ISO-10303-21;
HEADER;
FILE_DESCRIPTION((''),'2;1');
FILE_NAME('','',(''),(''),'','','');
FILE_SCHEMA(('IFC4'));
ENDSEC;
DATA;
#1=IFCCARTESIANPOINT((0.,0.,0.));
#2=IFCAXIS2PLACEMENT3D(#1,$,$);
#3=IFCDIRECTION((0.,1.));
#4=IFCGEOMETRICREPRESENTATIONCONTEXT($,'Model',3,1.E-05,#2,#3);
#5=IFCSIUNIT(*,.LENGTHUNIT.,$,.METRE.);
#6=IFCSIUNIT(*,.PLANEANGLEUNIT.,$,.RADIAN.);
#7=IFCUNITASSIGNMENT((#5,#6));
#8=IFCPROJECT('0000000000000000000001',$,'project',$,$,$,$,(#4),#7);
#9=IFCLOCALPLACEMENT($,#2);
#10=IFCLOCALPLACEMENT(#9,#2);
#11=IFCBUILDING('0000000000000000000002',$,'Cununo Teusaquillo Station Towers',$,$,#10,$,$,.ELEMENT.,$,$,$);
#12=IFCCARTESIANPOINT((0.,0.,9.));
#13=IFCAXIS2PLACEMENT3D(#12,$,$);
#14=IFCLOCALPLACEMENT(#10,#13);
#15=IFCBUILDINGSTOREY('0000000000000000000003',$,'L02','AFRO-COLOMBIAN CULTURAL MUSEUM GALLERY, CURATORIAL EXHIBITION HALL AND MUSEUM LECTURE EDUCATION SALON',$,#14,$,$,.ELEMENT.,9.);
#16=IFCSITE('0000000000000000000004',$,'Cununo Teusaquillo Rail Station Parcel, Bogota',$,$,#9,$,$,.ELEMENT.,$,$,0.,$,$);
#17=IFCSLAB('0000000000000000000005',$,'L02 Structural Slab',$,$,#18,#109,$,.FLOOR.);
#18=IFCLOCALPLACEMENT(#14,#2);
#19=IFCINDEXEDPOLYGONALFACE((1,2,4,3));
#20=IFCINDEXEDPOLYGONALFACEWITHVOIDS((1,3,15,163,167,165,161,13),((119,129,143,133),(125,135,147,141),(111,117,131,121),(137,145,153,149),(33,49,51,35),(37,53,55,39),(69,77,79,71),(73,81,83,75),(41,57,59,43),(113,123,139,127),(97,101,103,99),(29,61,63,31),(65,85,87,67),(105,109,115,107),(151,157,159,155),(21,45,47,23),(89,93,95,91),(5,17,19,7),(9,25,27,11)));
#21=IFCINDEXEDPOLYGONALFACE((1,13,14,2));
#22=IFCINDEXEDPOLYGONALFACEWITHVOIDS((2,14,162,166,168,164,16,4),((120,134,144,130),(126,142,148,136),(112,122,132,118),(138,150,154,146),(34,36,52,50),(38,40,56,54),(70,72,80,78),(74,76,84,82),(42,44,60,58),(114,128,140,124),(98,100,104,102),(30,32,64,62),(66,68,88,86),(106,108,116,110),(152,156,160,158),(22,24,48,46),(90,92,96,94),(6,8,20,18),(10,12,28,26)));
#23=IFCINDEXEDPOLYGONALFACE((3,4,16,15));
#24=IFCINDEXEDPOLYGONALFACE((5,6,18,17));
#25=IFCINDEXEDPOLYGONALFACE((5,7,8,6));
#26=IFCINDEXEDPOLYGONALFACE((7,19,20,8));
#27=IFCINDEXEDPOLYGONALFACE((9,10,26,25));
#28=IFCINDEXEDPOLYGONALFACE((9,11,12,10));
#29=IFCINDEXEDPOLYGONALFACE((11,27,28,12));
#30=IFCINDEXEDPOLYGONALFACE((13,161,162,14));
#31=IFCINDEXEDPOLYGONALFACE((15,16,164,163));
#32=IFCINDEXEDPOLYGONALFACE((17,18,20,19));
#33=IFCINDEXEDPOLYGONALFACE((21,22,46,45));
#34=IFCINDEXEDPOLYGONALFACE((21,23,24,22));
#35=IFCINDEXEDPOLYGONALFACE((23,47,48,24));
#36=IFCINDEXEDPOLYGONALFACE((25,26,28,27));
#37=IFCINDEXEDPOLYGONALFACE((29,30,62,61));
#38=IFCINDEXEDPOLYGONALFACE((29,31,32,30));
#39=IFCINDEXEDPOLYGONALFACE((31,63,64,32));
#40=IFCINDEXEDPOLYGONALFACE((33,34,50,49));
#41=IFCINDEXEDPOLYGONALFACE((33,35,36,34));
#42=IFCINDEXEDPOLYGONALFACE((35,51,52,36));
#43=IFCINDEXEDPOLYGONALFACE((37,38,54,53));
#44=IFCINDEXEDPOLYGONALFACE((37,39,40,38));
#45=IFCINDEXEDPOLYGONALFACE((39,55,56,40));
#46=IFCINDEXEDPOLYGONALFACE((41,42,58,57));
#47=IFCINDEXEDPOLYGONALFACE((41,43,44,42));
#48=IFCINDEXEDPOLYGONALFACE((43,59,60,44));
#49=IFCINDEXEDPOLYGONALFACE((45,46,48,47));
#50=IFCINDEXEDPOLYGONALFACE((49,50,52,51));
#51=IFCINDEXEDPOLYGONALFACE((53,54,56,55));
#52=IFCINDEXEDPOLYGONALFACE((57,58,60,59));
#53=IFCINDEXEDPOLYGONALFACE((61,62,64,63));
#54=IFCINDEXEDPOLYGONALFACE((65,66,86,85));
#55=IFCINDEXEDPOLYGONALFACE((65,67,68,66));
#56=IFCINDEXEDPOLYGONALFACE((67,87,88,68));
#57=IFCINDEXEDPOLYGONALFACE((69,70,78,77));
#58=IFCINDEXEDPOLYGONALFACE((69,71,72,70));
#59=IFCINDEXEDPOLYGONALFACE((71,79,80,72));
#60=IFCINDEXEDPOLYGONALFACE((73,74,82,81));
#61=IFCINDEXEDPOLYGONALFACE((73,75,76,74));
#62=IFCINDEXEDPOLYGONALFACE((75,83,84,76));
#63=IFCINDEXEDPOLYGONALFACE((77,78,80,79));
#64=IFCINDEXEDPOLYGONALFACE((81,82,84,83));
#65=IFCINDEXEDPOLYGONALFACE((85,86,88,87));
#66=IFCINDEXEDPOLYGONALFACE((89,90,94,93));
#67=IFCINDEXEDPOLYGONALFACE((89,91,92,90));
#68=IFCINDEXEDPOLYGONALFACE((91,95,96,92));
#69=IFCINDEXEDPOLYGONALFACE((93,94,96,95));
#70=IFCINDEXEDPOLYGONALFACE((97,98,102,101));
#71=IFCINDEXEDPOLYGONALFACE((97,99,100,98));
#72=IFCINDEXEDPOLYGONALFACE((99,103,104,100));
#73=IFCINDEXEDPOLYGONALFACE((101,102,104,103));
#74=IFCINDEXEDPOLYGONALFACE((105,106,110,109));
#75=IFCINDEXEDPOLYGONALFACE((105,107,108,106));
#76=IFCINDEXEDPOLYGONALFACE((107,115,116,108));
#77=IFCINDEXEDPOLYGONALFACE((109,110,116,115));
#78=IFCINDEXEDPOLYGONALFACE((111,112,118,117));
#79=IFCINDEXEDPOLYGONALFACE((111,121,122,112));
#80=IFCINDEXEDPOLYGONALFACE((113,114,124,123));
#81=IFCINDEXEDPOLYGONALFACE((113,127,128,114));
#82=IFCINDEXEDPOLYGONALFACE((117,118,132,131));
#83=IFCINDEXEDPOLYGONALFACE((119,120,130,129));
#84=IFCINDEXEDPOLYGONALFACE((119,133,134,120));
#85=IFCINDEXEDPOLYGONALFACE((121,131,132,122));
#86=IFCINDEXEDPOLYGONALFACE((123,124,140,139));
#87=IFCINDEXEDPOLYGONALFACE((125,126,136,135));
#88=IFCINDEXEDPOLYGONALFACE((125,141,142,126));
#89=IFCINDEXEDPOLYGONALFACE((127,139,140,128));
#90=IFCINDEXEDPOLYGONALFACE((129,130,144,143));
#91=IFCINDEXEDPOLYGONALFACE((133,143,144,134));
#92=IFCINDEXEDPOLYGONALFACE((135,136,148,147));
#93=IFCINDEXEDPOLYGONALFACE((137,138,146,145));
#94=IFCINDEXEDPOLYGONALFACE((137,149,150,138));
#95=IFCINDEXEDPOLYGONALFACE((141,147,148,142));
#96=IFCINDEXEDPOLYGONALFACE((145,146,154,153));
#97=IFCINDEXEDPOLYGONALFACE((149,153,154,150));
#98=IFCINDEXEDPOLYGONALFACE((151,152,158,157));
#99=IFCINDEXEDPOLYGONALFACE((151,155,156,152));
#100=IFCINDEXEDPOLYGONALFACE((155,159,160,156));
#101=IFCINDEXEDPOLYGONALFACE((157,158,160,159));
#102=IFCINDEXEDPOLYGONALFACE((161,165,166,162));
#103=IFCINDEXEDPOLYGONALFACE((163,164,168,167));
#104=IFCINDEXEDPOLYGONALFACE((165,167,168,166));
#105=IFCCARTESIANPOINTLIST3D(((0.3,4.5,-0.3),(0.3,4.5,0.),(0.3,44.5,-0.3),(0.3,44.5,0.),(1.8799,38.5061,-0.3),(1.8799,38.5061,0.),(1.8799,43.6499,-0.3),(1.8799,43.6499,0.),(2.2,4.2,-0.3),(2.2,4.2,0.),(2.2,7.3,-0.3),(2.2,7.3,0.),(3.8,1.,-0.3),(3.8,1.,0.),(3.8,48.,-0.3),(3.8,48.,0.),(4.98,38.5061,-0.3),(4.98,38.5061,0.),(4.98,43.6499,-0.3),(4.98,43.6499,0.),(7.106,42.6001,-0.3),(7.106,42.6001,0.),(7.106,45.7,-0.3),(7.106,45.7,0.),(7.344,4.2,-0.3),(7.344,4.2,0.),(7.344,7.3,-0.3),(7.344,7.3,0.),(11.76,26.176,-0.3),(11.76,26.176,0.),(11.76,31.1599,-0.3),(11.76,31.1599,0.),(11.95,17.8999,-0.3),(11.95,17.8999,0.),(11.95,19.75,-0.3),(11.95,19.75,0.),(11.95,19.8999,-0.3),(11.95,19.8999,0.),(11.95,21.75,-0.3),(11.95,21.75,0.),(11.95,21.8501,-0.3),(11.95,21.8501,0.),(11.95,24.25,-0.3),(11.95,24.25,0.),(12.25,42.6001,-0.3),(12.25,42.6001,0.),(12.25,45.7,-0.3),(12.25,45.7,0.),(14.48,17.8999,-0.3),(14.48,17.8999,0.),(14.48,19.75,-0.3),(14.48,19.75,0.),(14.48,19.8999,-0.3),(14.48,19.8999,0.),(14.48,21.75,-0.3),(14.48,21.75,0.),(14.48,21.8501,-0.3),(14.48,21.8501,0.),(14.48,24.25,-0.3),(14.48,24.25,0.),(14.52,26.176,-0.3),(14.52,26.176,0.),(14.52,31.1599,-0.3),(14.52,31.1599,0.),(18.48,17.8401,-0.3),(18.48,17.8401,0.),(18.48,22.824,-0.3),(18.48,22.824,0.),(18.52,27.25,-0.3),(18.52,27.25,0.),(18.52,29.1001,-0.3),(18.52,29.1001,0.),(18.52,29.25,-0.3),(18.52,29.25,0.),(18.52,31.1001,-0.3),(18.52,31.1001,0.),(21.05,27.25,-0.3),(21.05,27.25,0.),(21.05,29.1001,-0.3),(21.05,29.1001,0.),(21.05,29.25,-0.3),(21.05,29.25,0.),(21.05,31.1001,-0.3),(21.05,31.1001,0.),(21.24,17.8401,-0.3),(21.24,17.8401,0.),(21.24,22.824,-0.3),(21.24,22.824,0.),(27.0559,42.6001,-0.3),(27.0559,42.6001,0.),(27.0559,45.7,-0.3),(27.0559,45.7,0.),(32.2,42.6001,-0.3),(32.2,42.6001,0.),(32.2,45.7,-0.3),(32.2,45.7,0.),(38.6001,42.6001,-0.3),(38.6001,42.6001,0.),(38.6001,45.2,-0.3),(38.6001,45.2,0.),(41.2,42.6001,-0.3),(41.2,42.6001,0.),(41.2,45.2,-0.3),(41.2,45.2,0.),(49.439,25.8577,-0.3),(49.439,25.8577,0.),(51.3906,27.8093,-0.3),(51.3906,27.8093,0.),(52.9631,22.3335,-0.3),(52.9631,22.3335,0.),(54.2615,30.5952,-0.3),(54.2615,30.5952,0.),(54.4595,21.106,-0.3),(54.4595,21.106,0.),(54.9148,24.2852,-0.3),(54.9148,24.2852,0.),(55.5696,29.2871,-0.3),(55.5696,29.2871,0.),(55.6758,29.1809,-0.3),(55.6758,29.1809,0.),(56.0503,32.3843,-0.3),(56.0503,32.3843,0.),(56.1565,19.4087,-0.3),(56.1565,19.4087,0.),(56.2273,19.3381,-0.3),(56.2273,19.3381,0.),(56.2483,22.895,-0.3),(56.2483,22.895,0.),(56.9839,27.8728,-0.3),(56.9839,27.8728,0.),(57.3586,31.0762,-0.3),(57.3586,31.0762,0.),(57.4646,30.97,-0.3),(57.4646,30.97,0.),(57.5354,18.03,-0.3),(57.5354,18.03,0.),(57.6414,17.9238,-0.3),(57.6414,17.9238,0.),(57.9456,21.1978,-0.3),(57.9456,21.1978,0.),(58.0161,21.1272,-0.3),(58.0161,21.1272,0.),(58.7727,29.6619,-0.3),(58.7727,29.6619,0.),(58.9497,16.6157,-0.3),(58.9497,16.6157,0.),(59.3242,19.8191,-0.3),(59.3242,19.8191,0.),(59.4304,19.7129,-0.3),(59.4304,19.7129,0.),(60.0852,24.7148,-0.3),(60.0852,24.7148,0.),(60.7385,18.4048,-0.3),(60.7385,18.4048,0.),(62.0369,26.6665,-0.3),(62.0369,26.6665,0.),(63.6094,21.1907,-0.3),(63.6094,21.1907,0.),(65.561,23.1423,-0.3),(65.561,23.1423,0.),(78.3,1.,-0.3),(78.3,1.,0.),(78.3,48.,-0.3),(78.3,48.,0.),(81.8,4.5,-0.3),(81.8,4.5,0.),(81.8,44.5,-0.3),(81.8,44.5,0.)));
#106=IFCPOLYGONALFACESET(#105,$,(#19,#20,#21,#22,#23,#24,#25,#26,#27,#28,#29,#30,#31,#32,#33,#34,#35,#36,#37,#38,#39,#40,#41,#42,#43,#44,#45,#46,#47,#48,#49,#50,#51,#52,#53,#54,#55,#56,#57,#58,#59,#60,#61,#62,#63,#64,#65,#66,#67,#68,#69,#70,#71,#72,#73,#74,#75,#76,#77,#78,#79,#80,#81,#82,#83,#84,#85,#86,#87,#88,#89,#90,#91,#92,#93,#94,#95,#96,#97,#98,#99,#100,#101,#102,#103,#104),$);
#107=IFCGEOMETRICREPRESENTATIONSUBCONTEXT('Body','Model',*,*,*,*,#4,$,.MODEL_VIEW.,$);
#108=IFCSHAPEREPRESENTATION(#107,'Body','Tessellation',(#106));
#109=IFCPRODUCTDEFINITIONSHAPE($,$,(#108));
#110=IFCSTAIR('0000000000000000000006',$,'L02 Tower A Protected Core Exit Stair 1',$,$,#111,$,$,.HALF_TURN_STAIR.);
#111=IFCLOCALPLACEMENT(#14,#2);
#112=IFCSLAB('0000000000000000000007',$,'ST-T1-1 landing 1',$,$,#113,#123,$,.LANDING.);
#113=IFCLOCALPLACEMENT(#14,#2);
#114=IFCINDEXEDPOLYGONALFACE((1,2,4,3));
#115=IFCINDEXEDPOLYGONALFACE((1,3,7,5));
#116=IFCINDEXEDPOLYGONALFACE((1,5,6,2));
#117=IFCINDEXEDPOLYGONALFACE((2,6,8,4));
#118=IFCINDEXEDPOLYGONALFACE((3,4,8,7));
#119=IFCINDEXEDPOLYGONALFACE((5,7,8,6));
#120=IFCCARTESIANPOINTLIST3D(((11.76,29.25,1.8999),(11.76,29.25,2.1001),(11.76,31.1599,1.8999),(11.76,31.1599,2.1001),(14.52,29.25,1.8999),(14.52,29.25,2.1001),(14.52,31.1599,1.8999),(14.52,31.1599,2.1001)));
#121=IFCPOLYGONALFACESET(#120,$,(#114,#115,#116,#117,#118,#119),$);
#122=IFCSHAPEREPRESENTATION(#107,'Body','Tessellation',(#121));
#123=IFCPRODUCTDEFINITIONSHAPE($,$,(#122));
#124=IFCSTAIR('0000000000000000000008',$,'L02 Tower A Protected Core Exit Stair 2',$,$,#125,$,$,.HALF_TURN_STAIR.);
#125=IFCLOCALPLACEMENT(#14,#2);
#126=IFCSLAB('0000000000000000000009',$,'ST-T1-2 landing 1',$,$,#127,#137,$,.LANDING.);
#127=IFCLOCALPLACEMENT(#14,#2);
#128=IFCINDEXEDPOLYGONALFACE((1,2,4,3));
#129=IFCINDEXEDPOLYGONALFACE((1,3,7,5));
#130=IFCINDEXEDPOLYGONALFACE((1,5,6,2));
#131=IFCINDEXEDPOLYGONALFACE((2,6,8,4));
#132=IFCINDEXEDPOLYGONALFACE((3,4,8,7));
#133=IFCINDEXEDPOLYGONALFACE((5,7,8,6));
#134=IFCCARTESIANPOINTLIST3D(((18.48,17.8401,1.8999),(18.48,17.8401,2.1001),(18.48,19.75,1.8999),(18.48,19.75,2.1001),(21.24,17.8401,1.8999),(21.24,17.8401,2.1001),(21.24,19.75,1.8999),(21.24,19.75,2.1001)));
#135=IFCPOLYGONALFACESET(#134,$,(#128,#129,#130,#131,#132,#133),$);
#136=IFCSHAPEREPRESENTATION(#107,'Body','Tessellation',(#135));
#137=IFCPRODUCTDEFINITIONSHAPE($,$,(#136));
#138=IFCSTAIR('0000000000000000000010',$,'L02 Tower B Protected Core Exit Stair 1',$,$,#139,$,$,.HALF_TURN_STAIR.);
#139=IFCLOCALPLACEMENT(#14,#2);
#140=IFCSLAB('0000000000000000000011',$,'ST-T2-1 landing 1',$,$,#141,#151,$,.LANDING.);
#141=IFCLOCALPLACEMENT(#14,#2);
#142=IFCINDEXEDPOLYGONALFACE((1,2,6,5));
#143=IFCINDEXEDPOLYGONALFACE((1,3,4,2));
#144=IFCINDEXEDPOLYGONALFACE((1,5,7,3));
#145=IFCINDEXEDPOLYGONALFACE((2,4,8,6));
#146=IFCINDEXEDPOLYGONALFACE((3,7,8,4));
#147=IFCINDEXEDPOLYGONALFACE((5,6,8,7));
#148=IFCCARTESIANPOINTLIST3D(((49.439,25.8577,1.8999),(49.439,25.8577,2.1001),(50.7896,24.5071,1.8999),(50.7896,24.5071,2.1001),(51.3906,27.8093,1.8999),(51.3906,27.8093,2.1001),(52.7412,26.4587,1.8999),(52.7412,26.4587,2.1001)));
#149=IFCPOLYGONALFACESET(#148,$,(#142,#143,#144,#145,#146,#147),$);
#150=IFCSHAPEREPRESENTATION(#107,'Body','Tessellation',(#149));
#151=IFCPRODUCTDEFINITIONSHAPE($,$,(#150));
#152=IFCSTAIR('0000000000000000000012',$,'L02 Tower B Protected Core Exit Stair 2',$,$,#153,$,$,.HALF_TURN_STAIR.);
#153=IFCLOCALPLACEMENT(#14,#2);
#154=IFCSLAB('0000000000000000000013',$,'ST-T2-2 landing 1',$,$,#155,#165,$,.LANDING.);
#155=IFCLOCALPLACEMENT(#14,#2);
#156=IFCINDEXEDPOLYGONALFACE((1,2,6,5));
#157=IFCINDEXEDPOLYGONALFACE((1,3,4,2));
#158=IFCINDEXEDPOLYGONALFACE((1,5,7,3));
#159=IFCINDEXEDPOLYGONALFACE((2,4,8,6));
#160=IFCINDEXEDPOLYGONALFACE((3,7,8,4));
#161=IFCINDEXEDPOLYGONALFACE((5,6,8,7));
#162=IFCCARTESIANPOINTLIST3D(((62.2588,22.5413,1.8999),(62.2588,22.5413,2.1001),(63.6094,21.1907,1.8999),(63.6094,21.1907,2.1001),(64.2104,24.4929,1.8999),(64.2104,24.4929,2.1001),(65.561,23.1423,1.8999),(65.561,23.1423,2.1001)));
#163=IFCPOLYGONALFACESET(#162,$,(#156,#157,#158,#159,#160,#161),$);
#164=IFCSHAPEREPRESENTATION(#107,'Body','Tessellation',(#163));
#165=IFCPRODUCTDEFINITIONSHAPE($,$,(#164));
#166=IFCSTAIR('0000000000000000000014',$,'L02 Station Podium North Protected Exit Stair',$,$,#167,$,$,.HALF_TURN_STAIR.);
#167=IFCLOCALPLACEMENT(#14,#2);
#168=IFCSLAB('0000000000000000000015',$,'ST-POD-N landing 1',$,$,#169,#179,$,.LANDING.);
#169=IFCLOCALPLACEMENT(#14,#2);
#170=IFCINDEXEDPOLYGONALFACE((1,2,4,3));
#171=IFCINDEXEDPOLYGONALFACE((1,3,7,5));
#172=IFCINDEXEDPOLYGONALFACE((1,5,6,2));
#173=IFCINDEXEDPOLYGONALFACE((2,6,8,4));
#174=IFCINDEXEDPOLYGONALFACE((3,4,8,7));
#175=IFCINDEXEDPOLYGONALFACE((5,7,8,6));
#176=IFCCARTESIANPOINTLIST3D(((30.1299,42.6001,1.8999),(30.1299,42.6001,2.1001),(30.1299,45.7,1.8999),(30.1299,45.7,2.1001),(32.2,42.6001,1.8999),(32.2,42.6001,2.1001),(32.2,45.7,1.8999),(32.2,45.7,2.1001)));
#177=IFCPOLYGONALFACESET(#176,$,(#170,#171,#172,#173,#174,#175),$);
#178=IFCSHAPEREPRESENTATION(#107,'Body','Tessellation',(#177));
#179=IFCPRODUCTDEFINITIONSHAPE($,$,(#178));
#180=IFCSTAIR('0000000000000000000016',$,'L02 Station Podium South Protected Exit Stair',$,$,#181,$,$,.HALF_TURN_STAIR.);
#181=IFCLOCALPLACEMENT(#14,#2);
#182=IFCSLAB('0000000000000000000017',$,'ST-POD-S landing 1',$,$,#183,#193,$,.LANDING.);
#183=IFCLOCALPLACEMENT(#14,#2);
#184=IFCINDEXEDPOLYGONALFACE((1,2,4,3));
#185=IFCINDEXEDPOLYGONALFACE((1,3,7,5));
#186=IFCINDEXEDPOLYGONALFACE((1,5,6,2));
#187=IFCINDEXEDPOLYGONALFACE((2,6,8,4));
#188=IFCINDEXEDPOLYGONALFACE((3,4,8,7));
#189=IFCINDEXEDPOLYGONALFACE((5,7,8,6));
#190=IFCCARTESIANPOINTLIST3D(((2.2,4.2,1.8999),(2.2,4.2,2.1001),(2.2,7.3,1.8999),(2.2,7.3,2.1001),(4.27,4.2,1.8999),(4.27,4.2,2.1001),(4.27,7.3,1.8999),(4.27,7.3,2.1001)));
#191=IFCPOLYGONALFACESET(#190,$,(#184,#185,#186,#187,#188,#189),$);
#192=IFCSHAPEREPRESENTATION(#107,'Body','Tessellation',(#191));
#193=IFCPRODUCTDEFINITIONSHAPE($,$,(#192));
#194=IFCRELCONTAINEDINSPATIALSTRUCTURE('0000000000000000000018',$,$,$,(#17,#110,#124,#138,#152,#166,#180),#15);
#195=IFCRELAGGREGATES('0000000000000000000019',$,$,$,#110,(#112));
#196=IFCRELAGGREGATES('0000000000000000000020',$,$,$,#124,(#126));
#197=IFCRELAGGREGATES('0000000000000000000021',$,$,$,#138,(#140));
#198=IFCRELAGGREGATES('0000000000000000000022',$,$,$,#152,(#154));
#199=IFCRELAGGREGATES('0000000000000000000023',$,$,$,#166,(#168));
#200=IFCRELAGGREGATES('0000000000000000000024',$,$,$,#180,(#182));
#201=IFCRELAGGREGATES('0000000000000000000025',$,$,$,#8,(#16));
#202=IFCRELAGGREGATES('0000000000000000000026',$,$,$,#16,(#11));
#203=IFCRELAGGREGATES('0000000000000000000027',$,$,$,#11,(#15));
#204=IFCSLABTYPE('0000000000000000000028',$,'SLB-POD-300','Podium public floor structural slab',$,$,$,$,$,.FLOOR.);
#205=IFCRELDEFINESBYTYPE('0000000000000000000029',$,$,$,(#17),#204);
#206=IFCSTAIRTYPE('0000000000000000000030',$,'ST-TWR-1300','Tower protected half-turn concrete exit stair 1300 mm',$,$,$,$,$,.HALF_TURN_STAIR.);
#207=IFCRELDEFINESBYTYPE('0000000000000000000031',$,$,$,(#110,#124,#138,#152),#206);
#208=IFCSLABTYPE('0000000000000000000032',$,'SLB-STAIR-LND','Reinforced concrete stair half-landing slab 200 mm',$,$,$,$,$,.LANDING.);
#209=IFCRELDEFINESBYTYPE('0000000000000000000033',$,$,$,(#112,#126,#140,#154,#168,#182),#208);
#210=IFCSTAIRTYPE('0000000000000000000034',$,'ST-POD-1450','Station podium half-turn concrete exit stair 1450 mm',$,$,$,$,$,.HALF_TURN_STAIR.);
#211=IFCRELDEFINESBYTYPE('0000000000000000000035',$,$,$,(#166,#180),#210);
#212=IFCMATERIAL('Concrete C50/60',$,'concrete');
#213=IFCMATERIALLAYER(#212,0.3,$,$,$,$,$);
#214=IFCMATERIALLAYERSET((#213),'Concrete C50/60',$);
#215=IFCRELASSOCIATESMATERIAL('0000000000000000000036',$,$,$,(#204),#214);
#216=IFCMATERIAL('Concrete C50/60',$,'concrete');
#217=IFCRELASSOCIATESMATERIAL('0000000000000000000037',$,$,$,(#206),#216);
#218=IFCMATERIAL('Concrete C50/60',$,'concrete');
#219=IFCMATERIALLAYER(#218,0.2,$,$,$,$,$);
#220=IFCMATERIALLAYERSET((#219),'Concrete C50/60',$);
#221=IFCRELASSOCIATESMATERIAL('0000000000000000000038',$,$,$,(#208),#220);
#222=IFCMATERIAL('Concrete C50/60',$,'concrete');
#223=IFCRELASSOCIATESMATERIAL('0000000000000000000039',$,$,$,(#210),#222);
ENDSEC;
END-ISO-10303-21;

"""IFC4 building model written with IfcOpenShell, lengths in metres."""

from ifc_helpers import new_model, si_unit, direction, frame, origin, place, context, subcontext, project, spatial, polyline, outline, extrude, material, layer, layer_set, type_object, element, aggregate, save


model = new_model("IFC4")

# Units and contexts
model_context = context("Model", 3, precision=1e-05, world=origin(), true_north=direction((0.0, 1.0)))
body_context = subcontext(model_context, "Body", "Model", "MODEL_VIEW")
ifc_project = project(units=[si_unit("LENGTHUNIT", "METRE"), si_unit("PLANEANGLEUNIT", "RADIAN")], contexts=[model_context])

# Site, building, storey
site_placement = place(None, origin())
site = spatial("IfcSite", under=ifc_project, at=site_placement, Name="Cununo Teusaquillo Rail Station Parcel, Bogota", CompositionType="ELEMENT", RefElevation=0.0)
building_placement = place(site_placement, origin())
building = spatial("IfcBuilding", under=site, at=building_placement, Name="Cununo Teusaquillo Station Towers", CompositionType="ELEMENT")
storey_placement = place(building_placement, frame((0.0, 0.0, 9.0)))
storey = spatial("IfcBuildingStorey", under=building, at=storey_placement, Name="L02", Description="AFRO-COLOMBIAN CULTURAL MUSEUM GALLERY, CURATORIAL EXHIBITION HALL AND MUSEUM LECTURE EDUCATION SALON", CompositionType="ELEMENT", Elevation=9.0)

# Slab
ifc_material_1 = material(Name="Concrete C50/60", Category="concrete")
ifc_layer_1 = layer(ifc_material_1, 0.3)
ifc_layer_set_1 = layer_set([ifc_layer_1], Name="Concrete C50/60")
slab_type_1 = type_object("IfcSlabType", Name="SLB-POD-300", Description="Podium public floor structural slab", PredefinedType="FLOOR", material=ifc_layer_set_1)
slab_1_placement = place(storey_placement, frame((0.0, 0.0, -0.3)))
element("IfcSlab", 1, at=slab_1_placement, inside=storey, type_object=slab_type_1, Name="L02 Structural Slab", PredefinedType="FLOOR", context=body_context, shape_type="SweptSolid", body=[
    extrude(outline(polyline([(3.8, 1.0), (78.3, 1.0), (81.8, 4.5), (81.8, 44.5), (78.3, 48.0), (3.8, 48.0), (0.3, 44.5), (0.3, 4.5), (3.8, 1.0)]), holes=[polyline([(14.52, 26.176), (14.52, 31.1599), (11.76, 31.1599), (11.76, 26.176), (14.52, 26.176)]), polyline([(18.48, 22.824), (18.48, 17.8401), (21.24, 17.8401), (21.24, 22.824), (18.48, 22.824)]), polyline([(54.9148, 24.2852), (51.3906, 27.8093), (49.439, 25.8577), (52.9631, 22.3335), (54.9148, 24.2852)]), polyline([(60.0852, 24.7148), (63.6094, 21.1907), (65.561, 23.1423), (62.0369, 26.6665), (60.0852, 24.7148)]), polyline([(27.0559, 42.6001), (32.2, 42.6001), (32.2, 45.7), (27.0559, 45.7), (27.0559, 42.6001)]), polyline([(7.344, 7.3), (2.2, 7.3), (2.2, 4.2), (7.344, 4.2), (7.344, 7.3)]), polyline([(4.98, 38.5061), (4.98, 43.6499), (1.8799, 43.6499), (1.8799, 38.5061), (4.98, 38.5061)]), polyline([(7.106, 42.6001), (12.25, 42.6001), (12.25, 45.7), (7.106, 45.7), (7.106, 42.6001)]), polyline([(11.95, 21.8501), (14.48, 21.8501), (14.48, 24.25), (11.95, 24.25), (11.95, 21.8501)]), polyline([(11.95, 17.8999), (14.48, 17.8999), (14.48, 19.75), (11.95, 19.75), (11.95, 17.8999)]), polyline([(11.95, 19.8999), (14.48, 19.8999), (14.48, 21.75), (11.95, 21.75), (11.95, 19.8999)]), polyline([(18.52, 27.25), (21.05, 27.25), (21.05, 29.1001), (18.52, 29.1001), (18.52, 27.25)]), polyline([(18.52, 29.25), (21.05, 29.25), (21.05, 31.1001), (18.52, 31.1001), (18.52, 29.25)]), polyline([(56.1565, 19.4087), (57.9456, 21.1978), (56.2483, 22.895), (54.4595, 21.106), (56.1565, 19.4087)]), polyline([(58.9497, 16.6157), (60.7385, 18.4048), (59.4304, 19.7129), (57.6414, 17.9238), (58.9497, 16.6157)]), polyline([(57.5354, 18.03), (59.3242, 19.8191), (58.0161, 21.1272), (56.2273, 19.3381), (57.5354, 18.03)]), polyline([(56.9839, 27.8728), (58.7727, 29.6619), (57.4646, 30.97), (55.6758, 29.1809), (56.9839, 27.8728)]), polyline([(55.5696, 29.2871), (57.3586, 31.0762), (56.0503, 32.3843), (54.2615, 30.5952), (55.5696, 29.2871)]), polyline([(38.6001, 42.6001), (41.2, 42.6001), (41.2, 45.2), (38.6001, 45.2), (38.6001, 42.6001)])]), origin(), (0.0, 0.0, 1.0), 0.3),
])

# Stairs, slabs
ifc_material_2 = material(Name="Concrete C50/60", Category="concrete")
stair_type_1 = type_object("IfcStairType", Name="ST-TWR-1300", Description="Tower protected half-turn concrete exit stair 1300 mm", PredefinedType="HALF_TURN_STAIR", material=ifc_material_2)
stair_1_placement = place(storey_placement, origin())
stair_1 = element("IfcStair", 2, at=stair_1_placement, inside=storey, type_object=stair_type_1, Name="L02 Tower A Protected Core Exit Stair 1", PredefinedType="HALF_TURN_STAIR")
ifc_material_3 = material(Name="Concrete C50/60", Category="concrete")
ifc_layer_2 = layer(ifc_material_3, 0.2)
ifc_layer_set_2 = layer_set([ifc_layer_2], Name="Concrete C50/60")
slab_type_2 = type_object("IfcSlabType", Name="SLB-STAIR-LND", Description="Reinforced concrete stair half-landing slab 200 mm", PredefinedType="LANDING", material=ifc_layer_set_2)
slab_2_placement = place(storey_placement, frame((0.0, 0.0, 1.8999)))
slab_2 = element("IfcSlab", 3, at=slab_2_placement, type_object=slab_type_2, Name="ST-T1-1 landing 1", PredefinedType="LANDING", context=body_context, shape_type="SweptSolid", body=[
    extrude(outline(polyline([(14.52, 29.25), (14.52, 31.1599), (11.76, 31.1599), (11.76, 29.25), (14.52, 29.25)])), origin(), (0.0, 0.0, 1.0), 0.2002),
])
aggregate(stair_1, [slab_2])
stair_2_placement = place(storey_placement, origin())
stair_2 = element("IfcStair", 4, at=stair_2_placement, inside=storey, type_object=stair_type_1, Name="L02 Tower A Protected Core Exit Stair 2", PredefinedType="HALF_TURN_STAIR")
slab_3_placement = place(storey_placement, frame((0.0, 0.0, 1.8999)))
slab_3 = element("IfcSlab", 5, at=slab_3_placement, type_object=slab_type_2, Name="ST-T1-2 landing 1", PredefinedType="LANDING", context=body_context, shape_type="SweptSolid", body=[
    extrude(outline(polyline([(18.48, 19.75), (18.48, 17.8401), (21.24, 17.8401), (21.24, 19.75), (18.48, 19.75)])), origin(), (0.0, 0.0, 1.0), 0.2002),
])
aggregate(stair_2, [slab_3])
stair_3_placement = place(storey_placement, origin())
stair_3 = element("IfcStair", 6, at=stair_3_placement, inside=storey, type_object=stair_type_1, Name="L02 Tower B Protected Core Exit Stair 1", PredefinedType="HALF_TURN_STAIR")
slab_4_placement = place(storey_placement, frame((0.0, 0.0, 1.8999)))
slab_4 = element("IfcSlab", 7, at=slab_4_placement, type_object=slab_type_2, Name="ST-T2-1 landing 1", PredefinedType="LANDING", context=body_context, shape_type="SweptSolid", body=[
    extrude(outline(polyline([(52.7412, 26.4587), (51.3906, 27.8093), (49.439, 25.8577), (50.7896, 24.5071), (52.7412, 26.4587)])), origin(), (0.0, 0.0, 1.0), 0.2002),
])
aggregate(stair_3, [slab_4])
stair_4_placement = place(storey_placement, origin())
stair_4 = element("IfcStair", 8, at=stair_4_placement, inside=storey, type_object=stair_type_1, Name="L02 Tower B Protected Core Exit Stair 2", PredefinedType="HALF_TURN_STAIR")
slab_5_placement = place(storey_placement, frame((0.0, 0.0, 1.8999)))
slab_5 = element("IfcSlab", 9, at=slab_5_placement, type_object=slab_type_2, Name="ST-T2-2 landing 1", PredefinedType="LANDING", context=body_context, shape_type="SweptSolid", body=[
    extrude(outline(polyline([(62.2588, 22.5413), (63.6094, 21.1907), (65.561, 23.1423), (64.2104, 24.4929), (62.2588, 22.5413)])), origin(), (0.0, 0.0, 1.0), 0.2002),
])
aggregate(stair_4, [slab_5])
ifc_material_4 = material(Name="Concrete C50/60", Category="concrete")
stair_type_2 = type_object("IfcStairType", Name="ST-POD-1450", Description="Station podium half-turn concrete exit stair 1450 mm", PredefinedType="HALF_TURN_STAIR", material=ifc_material_4)
stair_5_placement = place(storey_placement, origin())
stair_5 = element("IfcStair", 10, at=stair_5_placement, inside=storey, type_object=stair_type_2, Name="L02 Station Podium North Protected Exit Stair", PredefinedType="HALF_TURN_STAIR")
slab_6_placement = place(storey_placement, frame((0.0, 0.0, 1.8999)))
slab_6 = element("IfcSlab", 11, at=slab_6_placement, type_object=slab_type_2, Name="ST-POD-N landing 1", PredefinedType="LANDING", context=body_context, shape_type="SweptSolid", body=[
    extrude(outline(polyline([(30.1299, 42.6001), (32.2, 42.6001), (32.2, 45.7), (30.1299, 45.7), (30.1299, 42.6001)])), origin(), (0.0, 0.0, 1.0), 0.2002),
])
aggregate(stair_5, [slab_6])
stair_6_placement = place(storey_placement, origin())
stair_6 = element("IfcStair", 12, at=stair_6_placement, inside=storey, type_object=stair_type_2, Name="L02 Station Podium South Protected Exit Stair", PredefinedType="HALF_TURN_STAIR")
slab_7_placement = place(storey_placement, frame((0.0, 0.0, 1.8999)))
slab_7 = element("IfcSlab", 13, at=slab_7_placement, type_object=slab_type_2, Name="ST-POD-S landing 1", PredefinedType="LANDING", context=body_context, shape_type="SweptSolid", body=[
    extrude(outline(polyline([(4.27, 7.3), (2.2, 7.3), (2.2, 4.2), (4.27, 4.2), (4.27, 7.3)])), origin(), (0.0, 0.0, 1.0), 0.2002),
])
aggregate(stair_6, [slab_7])

save(model, "model.ifc")
